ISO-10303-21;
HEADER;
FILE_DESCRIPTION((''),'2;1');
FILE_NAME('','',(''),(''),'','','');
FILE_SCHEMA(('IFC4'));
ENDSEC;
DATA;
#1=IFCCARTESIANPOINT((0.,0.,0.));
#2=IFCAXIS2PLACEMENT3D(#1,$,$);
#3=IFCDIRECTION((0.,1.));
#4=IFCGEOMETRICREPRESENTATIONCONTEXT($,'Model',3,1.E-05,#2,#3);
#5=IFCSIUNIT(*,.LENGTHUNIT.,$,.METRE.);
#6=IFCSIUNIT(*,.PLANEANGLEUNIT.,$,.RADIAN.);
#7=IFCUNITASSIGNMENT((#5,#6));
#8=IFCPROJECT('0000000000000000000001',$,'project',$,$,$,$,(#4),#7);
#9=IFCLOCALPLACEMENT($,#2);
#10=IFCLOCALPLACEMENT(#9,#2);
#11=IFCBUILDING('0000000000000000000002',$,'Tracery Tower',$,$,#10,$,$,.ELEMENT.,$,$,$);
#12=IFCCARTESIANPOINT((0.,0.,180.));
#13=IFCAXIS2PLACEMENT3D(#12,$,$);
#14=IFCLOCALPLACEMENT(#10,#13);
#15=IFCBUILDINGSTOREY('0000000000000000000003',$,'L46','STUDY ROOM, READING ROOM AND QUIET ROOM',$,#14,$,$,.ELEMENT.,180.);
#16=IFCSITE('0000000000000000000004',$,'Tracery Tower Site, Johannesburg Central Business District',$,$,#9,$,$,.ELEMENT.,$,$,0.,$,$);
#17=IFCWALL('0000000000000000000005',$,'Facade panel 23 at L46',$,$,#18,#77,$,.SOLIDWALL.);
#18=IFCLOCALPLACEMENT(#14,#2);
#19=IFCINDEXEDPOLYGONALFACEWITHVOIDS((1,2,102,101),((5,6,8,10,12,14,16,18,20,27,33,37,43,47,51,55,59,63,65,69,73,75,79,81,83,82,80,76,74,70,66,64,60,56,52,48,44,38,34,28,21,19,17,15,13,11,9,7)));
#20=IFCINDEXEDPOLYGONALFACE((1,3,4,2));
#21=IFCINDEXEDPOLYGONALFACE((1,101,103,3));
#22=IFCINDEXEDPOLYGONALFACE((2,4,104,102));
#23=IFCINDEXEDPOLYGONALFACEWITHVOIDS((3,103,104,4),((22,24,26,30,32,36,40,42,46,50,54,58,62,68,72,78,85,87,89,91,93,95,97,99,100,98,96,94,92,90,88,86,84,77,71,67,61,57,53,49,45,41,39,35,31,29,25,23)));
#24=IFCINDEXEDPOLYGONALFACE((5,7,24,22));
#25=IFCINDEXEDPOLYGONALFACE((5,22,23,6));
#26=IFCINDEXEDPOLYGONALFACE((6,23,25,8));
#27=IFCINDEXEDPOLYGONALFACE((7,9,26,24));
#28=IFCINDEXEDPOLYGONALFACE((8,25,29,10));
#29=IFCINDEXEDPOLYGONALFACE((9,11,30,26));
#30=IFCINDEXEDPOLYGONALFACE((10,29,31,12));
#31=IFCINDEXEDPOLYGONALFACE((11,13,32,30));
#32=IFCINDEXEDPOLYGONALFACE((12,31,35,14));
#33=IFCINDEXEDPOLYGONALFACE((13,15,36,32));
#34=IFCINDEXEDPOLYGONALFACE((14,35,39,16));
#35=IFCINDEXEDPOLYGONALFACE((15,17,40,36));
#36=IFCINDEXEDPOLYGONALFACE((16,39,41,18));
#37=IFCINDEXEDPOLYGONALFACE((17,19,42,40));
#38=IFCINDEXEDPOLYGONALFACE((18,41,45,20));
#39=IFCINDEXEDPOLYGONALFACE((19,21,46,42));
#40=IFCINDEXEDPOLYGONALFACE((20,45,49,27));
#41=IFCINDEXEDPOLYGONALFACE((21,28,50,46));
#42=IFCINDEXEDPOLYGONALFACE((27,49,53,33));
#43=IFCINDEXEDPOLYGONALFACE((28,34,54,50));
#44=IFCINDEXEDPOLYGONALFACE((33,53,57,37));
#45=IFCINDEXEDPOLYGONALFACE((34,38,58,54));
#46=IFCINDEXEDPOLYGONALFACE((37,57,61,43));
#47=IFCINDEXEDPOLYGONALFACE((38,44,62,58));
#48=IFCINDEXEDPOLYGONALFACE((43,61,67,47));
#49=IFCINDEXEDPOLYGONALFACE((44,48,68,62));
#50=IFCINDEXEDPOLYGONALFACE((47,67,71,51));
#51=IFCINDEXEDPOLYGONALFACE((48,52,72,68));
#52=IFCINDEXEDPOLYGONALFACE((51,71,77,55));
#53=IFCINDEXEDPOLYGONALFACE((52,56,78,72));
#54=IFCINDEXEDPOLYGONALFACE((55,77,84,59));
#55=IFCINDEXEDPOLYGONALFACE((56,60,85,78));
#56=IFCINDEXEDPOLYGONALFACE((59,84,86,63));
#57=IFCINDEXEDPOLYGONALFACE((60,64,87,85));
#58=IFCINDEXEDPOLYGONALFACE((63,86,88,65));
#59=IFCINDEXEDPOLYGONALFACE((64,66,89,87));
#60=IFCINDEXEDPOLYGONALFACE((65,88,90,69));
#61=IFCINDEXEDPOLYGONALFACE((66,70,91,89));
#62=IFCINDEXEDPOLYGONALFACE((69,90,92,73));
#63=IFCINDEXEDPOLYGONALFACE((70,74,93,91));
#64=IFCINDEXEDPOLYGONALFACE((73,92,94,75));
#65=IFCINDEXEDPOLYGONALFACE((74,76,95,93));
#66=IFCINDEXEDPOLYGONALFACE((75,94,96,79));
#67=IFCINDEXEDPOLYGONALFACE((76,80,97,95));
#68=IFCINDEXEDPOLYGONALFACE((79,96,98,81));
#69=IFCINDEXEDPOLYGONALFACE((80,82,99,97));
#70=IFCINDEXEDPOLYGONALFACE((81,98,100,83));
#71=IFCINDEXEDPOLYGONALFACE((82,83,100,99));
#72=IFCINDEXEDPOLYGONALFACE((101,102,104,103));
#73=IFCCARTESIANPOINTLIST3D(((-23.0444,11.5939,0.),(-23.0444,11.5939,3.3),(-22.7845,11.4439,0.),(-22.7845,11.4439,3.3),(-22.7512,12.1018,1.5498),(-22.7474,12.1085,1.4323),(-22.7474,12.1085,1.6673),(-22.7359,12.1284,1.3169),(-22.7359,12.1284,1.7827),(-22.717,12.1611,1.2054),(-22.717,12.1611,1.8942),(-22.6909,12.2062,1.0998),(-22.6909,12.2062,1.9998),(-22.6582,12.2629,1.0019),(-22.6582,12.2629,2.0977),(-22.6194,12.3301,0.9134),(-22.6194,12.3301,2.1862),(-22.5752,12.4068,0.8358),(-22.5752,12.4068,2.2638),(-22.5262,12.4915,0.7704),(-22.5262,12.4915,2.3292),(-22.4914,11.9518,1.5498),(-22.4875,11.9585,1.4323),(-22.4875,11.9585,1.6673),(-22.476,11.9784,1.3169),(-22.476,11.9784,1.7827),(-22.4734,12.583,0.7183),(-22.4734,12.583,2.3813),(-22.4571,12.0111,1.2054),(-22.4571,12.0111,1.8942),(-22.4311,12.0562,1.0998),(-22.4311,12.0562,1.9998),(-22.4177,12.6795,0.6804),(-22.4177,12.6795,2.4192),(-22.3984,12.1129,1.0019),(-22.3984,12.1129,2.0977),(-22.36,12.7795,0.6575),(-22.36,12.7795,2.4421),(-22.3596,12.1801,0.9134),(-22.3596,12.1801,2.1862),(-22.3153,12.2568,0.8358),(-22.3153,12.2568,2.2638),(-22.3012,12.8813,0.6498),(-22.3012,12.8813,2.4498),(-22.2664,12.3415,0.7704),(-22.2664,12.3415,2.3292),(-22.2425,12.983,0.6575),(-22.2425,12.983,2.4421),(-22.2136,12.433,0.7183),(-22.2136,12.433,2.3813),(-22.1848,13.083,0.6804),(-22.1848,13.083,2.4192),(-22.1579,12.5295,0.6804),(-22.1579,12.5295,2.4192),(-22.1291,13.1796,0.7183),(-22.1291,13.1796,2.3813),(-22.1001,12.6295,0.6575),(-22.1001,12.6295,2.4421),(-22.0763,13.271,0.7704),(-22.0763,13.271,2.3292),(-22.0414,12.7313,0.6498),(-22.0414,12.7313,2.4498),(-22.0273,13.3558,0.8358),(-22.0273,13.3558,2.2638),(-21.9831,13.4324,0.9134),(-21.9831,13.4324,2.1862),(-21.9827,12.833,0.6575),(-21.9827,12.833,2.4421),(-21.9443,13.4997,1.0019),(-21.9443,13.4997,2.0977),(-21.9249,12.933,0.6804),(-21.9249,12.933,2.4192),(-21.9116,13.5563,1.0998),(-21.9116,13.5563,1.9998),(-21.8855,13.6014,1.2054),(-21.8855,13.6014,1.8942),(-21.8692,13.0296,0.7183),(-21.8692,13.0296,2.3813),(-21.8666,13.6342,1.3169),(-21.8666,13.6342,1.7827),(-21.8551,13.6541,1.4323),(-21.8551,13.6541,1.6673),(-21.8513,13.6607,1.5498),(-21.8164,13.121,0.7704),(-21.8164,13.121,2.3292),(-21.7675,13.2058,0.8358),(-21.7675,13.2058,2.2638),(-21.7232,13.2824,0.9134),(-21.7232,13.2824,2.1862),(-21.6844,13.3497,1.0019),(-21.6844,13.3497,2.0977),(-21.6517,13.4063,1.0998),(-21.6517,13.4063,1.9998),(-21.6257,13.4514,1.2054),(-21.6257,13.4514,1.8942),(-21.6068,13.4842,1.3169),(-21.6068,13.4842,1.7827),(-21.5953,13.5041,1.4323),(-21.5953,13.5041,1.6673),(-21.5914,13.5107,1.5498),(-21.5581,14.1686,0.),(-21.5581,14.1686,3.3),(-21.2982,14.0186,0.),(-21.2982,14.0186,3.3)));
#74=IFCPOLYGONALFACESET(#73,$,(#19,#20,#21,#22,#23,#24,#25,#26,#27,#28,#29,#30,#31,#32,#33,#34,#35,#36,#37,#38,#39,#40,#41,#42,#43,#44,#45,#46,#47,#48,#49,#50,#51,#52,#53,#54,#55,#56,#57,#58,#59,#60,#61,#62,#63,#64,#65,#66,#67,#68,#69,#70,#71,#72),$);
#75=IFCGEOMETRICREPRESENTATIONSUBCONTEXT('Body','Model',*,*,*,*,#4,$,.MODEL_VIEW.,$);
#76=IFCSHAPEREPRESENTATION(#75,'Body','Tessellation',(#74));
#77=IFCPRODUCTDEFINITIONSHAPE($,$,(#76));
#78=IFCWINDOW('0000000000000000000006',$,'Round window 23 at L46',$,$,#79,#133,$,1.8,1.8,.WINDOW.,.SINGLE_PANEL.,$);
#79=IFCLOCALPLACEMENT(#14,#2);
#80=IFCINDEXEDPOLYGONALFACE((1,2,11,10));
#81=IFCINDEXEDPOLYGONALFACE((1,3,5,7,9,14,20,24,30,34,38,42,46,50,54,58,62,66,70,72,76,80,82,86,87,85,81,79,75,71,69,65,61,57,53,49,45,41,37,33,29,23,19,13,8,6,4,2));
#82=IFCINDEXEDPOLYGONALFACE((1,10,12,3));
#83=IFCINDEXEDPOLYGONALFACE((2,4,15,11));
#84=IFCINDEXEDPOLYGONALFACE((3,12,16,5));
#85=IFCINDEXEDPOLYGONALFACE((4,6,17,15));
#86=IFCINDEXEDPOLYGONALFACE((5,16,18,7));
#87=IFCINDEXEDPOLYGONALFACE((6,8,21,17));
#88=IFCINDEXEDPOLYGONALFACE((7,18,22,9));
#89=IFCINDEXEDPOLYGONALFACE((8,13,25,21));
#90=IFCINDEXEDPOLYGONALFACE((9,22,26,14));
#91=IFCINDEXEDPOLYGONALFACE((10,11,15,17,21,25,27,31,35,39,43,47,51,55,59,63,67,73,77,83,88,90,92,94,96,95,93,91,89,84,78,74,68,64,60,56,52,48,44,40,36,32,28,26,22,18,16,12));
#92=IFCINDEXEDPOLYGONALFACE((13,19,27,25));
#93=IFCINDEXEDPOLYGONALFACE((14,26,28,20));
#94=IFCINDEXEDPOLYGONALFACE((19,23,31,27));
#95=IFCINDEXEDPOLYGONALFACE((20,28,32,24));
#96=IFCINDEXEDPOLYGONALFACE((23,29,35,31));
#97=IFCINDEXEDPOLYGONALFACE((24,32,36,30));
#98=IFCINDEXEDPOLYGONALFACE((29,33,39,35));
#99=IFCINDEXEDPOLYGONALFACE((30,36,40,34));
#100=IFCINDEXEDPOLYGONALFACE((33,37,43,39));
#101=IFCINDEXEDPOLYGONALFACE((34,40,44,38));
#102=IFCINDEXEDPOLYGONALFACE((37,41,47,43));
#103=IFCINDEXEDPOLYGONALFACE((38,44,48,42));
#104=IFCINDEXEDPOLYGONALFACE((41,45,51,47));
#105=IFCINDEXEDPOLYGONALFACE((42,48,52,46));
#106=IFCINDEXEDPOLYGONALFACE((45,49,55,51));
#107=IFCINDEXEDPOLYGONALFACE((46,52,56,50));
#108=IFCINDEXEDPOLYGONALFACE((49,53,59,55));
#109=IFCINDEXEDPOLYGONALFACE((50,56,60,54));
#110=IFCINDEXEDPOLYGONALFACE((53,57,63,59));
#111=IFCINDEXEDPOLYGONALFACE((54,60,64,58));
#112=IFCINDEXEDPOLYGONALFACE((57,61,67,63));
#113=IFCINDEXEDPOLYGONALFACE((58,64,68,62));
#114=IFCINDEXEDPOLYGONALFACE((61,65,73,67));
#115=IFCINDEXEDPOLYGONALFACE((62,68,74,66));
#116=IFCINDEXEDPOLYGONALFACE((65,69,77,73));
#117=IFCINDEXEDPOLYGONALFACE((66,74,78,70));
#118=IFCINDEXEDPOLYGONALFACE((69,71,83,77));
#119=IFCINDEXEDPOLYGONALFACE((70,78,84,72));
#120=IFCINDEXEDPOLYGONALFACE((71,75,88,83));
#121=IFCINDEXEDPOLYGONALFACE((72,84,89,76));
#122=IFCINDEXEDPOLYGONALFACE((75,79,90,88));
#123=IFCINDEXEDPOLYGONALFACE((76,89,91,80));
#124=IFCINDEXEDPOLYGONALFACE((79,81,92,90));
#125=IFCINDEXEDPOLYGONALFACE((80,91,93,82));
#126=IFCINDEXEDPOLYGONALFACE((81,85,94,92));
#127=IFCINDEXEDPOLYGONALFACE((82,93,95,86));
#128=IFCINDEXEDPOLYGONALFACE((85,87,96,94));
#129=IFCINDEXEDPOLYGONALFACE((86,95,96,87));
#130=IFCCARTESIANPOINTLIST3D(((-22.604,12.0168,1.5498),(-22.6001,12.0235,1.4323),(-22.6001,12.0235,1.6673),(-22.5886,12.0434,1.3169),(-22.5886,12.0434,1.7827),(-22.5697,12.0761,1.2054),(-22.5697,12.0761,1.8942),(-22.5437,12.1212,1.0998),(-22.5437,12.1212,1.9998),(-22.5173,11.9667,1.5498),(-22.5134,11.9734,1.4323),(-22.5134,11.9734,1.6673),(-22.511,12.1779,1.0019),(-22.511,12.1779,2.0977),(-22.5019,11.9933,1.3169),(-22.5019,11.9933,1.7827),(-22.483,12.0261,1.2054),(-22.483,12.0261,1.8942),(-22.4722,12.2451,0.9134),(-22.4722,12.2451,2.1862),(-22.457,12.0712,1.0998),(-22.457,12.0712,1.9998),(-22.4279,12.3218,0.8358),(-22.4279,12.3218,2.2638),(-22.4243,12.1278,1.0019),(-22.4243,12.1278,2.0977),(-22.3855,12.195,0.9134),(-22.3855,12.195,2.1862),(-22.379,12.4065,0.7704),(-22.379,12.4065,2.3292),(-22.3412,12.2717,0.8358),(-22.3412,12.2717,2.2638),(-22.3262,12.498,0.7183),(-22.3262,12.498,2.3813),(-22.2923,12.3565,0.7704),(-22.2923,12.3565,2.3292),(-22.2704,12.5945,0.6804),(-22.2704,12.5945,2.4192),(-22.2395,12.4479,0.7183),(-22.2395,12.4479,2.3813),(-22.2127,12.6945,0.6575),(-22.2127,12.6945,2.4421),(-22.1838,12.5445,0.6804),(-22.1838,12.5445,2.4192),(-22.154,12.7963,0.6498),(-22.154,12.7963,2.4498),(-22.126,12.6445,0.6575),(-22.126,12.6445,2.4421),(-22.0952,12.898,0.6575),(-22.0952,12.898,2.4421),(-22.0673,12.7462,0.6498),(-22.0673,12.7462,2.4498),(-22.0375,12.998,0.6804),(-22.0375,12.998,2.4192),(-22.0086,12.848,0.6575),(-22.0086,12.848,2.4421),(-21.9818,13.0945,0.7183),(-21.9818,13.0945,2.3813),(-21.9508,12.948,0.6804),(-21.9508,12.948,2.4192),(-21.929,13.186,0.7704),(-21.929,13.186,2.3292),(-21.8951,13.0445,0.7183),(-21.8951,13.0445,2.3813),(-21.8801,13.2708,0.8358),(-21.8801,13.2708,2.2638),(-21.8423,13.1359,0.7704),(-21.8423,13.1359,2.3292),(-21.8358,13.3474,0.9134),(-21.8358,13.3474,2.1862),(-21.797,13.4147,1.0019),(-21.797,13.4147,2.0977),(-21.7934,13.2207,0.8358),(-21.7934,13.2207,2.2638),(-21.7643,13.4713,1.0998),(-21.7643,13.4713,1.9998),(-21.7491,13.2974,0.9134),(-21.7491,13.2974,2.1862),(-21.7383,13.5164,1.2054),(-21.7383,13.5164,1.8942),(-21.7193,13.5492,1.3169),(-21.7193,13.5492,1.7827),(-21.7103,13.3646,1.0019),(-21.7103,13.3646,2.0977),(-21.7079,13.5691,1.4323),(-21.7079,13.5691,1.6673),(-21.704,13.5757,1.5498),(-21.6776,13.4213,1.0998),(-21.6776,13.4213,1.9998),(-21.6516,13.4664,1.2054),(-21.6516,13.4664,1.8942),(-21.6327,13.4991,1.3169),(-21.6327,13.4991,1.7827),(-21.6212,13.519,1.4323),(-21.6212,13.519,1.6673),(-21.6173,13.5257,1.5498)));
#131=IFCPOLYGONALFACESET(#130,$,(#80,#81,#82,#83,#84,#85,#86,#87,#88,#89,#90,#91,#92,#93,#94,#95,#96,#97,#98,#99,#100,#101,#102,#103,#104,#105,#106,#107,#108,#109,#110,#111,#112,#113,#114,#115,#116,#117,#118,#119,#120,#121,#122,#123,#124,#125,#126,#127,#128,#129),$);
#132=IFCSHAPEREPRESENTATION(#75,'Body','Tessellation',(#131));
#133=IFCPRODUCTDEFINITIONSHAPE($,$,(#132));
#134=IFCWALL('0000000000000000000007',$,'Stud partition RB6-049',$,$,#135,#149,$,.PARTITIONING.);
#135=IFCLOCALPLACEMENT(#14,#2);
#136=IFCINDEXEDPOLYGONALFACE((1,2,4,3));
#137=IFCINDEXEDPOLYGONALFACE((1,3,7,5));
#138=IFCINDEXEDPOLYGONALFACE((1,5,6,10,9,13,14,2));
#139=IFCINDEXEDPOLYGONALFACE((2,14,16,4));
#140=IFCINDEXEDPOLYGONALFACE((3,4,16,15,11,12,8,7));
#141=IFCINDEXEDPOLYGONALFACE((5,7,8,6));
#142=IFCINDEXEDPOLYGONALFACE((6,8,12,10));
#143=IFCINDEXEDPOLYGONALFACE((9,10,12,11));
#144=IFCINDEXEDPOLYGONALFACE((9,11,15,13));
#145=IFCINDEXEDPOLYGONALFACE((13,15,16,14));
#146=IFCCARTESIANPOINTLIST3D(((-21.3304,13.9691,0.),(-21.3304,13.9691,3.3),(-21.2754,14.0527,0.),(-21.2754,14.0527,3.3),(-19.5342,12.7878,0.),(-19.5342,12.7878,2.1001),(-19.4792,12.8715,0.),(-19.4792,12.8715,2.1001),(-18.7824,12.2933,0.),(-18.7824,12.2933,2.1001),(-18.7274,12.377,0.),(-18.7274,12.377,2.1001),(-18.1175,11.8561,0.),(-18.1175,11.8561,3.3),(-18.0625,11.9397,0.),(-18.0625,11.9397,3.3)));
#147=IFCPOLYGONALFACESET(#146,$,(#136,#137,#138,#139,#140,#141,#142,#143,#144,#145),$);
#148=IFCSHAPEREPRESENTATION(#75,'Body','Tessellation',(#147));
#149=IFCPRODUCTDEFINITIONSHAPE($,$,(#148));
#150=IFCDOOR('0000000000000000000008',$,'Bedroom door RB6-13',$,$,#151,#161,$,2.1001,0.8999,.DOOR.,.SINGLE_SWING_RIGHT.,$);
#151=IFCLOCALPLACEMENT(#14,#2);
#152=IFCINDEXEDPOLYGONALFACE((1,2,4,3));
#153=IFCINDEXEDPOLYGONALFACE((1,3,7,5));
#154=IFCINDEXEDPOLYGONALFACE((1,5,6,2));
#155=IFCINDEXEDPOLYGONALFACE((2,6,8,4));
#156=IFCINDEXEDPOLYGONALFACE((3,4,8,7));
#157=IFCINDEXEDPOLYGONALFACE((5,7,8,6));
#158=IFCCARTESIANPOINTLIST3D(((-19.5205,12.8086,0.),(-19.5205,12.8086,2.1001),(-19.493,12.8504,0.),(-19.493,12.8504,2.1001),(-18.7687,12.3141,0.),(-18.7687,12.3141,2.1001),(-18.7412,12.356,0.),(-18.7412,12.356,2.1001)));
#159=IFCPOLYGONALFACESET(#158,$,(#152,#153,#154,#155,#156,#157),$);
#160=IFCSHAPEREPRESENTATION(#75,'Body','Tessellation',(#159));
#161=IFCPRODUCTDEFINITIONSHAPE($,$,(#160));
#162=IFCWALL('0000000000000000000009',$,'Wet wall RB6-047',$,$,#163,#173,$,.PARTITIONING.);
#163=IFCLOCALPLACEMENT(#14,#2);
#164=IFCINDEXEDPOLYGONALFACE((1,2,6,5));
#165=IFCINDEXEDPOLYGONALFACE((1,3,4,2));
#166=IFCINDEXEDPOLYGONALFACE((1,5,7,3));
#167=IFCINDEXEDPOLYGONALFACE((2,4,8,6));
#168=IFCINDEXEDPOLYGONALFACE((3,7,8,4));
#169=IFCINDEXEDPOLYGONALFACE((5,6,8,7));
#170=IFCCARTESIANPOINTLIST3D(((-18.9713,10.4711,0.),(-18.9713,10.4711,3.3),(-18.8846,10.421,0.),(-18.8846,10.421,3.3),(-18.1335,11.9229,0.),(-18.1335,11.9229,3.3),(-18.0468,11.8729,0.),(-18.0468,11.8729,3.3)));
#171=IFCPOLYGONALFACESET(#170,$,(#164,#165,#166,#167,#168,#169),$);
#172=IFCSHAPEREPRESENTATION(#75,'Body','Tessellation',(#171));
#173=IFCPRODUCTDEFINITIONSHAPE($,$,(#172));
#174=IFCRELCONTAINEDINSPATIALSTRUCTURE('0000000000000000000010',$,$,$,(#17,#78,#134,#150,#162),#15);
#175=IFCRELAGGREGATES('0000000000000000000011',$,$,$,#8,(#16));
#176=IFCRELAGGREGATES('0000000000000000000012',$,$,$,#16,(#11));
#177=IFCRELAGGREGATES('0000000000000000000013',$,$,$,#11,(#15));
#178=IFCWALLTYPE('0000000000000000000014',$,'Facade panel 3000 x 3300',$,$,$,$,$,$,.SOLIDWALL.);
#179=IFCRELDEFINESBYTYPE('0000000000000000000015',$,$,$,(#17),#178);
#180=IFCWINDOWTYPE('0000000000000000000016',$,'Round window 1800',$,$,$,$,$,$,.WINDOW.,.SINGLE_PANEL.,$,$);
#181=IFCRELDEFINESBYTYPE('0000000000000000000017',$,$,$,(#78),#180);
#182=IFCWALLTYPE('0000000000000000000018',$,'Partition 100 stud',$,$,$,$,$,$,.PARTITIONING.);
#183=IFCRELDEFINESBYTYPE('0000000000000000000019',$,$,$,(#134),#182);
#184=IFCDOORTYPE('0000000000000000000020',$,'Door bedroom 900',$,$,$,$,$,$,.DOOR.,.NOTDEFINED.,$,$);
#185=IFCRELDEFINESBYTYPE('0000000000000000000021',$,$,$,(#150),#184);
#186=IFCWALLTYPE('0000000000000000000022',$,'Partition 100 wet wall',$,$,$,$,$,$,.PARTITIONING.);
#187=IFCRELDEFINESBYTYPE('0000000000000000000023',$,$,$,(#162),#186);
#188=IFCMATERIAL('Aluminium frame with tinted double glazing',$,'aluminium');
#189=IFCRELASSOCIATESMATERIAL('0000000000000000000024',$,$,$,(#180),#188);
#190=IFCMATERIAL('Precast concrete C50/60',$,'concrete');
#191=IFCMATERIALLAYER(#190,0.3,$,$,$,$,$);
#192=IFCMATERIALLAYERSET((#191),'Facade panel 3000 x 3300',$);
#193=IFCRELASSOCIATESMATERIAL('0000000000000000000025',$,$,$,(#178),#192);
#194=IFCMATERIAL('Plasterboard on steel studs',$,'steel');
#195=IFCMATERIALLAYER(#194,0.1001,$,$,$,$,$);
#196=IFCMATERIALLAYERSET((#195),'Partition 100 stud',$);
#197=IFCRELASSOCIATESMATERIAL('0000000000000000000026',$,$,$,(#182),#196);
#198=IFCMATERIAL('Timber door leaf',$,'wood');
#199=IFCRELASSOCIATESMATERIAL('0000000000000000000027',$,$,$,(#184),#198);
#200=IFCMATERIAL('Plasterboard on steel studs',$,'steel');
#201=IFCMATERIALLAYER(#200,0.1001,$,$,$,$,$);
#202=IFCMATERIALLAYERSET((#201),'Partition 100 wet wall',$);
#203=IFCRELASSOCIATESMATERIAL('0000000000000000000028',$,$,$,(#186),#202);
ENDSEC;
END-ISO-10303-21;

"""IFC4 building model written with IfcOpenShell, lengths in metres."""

from ifc_helpers import new_model, si_unit, direction, frame, frame_2d, origin, origin_2d, place, context, subcontext, project, spatial, rectangle, circle, extrude, material, layer, layer_set, type_object, element, fill, save


model = new_model("IFC4")

# Units and contexts
model_context = context("Model", 3, precision=1e-05, world=origin(), true_north=direction((0.0, 1.0)))
body_context = subcontext(model_context, "Body", "Model", "MODEL_VIEW")
ifc_project = project(units=[si_unit("LENGTHUNIT", "METRE"), si_unit("PLANEANGLEUNIT", "RADIAN")], contexts=[model_context])

# Site, building, storey
site_placement = place(None, origin())
site = spatial("IfcSite", under=ifc_project, at=site_placement, Name="Tracery Tower Site, Johannesburg Central Business District", CompositionType="ELEMENT", RefElevation=0.0)
building_placement = place(site_placement, origin())
building = spatial("IfcBuilding", under=site, at=building_placement, Name="Tracery Tower", CompositionType="ELEMENT")
storey_placement = place(building_placement, frame((0.0, 0.0, 180.0)))
storey = spatial("IfcBuildingStorey", under=building, at=storey_placement, Name="L46", Description="STUDY ROOM, READING ROOM AND QUIET ROOM", CompositionType="ELEMENT", Elevation=180.0)

# Wall, opening, window
ifc_material_1 = material(Name="Aluminium frame with tinted double glazing", Category="aluminium")
window_type = type_object("IfcWindowType", Name="Round window 1800", PartitioningType="SINGLE_PANEL", PredefinedType="WINDOW", material=ifc_material_1)
ifc_material_2 = material(Name="Precast concrete C50/60", Category="concrete")
ifc_layer_1 = layer(ifc_material_2, 0.3)
ifc_layer_set_1 = layer_set([ifc_layer_1], Name="Facade panel 3000 x 3300")
wall_type_1 = type_object("IfcWallType", Name="Facade panel 3000 x 3300", PredefinedType="SOLIDWALL", material=ifc_layer_set_1)
wall_1_placement = place(storey_placement, frame((-21.4282, 14.0935, 0.0), z_axis=(0.0, 0.0, 1.0), x_axis=(-0.499955, -0.866052, 0.0)))
wall_1 = element("IfcWall", 1, at=wall_1_placement, inside=storey, type_object=wall_type_1, Name="Facade panel 23 at L46", PredefinedType="SOLIDWALL", context=body_context, shape_type="SweptSolid", body=[
    extrude(rectangle(XDim=2.9729, YDim=0.3, at=frame_2d((1.4863, 0.0))), origin(), (0.0, 0.0, 1.0), 3.3),
])
opening_1_placement = place(wall_1_placement, frame((1.4863, 0.0, 1.5498)))
opening_1 = element("IfcOpeningElement", 2, at=opening_1_placement, cuts=wall_1, PredefinedType="OPENING", context=body_context, shape_type="SweptSolid", body=[
    extrude(circle(Radius=0.9, at=origin_2d()), frame((0.0, 0.1599, 0.0), z_axis=(0.0, -1.0, 0.0), x_axis=(1.0, 0.0, 0.0)), (0.0, 0.0, 1.0), 0.3201),
])
window_1_placement = place(opening_1_placement, origin())
window_1 = element("IfcWindow", 3, at=window_1_placement, inside=storey, type_object=window_type, Name="Round window 23 at L46", OverallHeight=1.8, OverallWidth=1.8, PartitioningType="SINGLE_PANEL", PredefinedType="WINDOW", context=body_context, shape_type="SweptSolid", body=[
    extrude(circle(Radius=0.9, at=origin_2d()), frame((0.0, 0.1201, 0.0), z_axis=(0.0, -1.0, 0.0), x_axis=(1.0, 0.0, 0.0)), (0.0, 0.0, 1.0), 0.1001),
])
fill(opening_1, window_1)

# Wall, opening, door
ifc_material_3 = material(Name="Plasterboard on steel studs", Category="steel")
ifc_layer_2 = layer(ifc_material_3, 0.1001)
ifc_layer_set_2 = layer_set([ifc_layer_2], Name="Partition 100 stud")
wall_type_2 = type_object("IfcWallType", Name="Partition 100 stud", PredefinedType="PARTITIONING", material=ifc_layer_set_2)
wall_2_placement = place(storey_placement, frame((-21.303, 14.011, 0.0), z_axis=(0.0, 0.0, 1.0), x_axis=(0.835501, -0.549488, 0.0)))
wall_2 = element("IfcWall", 4, at=wall_2_placement, inside=storey, type_object=wall_type_2, Name="Stud partition RB6-049", PredefinedType="PARTITIONING", context=body_context, shape_type="SweptSolid", body=[
    extrude(rectangle(XDim=3.8455, YDim=0.1001, at=frame_2d((1.9229, 0.0))), origin(), (0.0, 0.0, 1.0), 3.3),
])
opening_2_placement = place(wall_2_placement, frame((2.1499, 0.0, 0.0)))
opening_2 = element("IfcOpeningElement", 5, at=opening_2_placement, cuts=wall_2, PredefinedType="OPENING", context=body_context, shape_type="SweptSolid", body=[
    extrude(rectangle(XDim=0.8999, YDim=2.1001, at=frame_2d((0.45, 1.05))), frame((0.0, 0.05, 0.0), z_axis=(0.0, -1.0, 0.0), x_axis=(1.0, 0.0, 0.0)), (0.0, 0.0, 1.0), 0.1001),
])
ifc_material_4 = material(Name="Timber door leaf", Category="wood")
door_type_1 = type_object("IfcDoorType", Name="Door bedroom 900", OperationType="NOTDEFINED", PredefinedType="DOOR", material=ifc_material_4)
door_1_placement = place(opening_2_placement, origin())
door_1 = element("IfcDoor", 6, at=door_1_placement, inside=storey, type_object=door_type_1, Name="Bedroom door RB6-13", OperationType="SINGLE_SWING_RIGHT", OverallHeight=2.1001, OverallWidth=0.8999, PredefinedType="DOOR", context=body_context, shape_type="SweptSolid", body=[
    extrude(rectangle(XDim=0.8999, YDim=2.1001, at=frame_2d((0.45, 1.05))), frame((0.0, 0.0249, 0.0), z_axis=(0.0, -1.0, 0.0), x_axis=(1.0, 0.0, 0.0)), (0.0, 0.0, 1.0), 0.05),
])
fill(opening_2, door_1)

# Wall
ifc_material_5 = material(Name="Plasterboard on steel studs", Category="steel")
ifc_layer_3 = layer(ifc_material_5, 0.1001)
ifc_layer_set_3 = layer_set([ifc_layer_3], Name="Partition 100 wet wall")
wall_type_3 = type_object("IfcWallType", Name="Partition 100 wet wall", PredefinedType="PARTITIONING", material=ifc_layer_set_3)
wall_3_placement = place(storey_placement, frame((-18.928, 10.446, 0.0), z_axis=(0.0, 0.0, 1.0), x_axis=(0.499836, 0.86612, 0.0)))
element("IfcWall", 7, at=wall_3_placement, inside=storey, type_object=wall_type_3, Name="Wet wall RB6-047", PredefinedType="PARTITIONING", context=body_context, shape_type="SweptSolid", body=[
    extrude(rectangle(XDim=1.6763, YDim=0.1001, at=frame_2d((0.8381, 0.0))), origin(), (0.0, 0.0, 1.0), 3.3),
])

save(model, "model.ifc")
